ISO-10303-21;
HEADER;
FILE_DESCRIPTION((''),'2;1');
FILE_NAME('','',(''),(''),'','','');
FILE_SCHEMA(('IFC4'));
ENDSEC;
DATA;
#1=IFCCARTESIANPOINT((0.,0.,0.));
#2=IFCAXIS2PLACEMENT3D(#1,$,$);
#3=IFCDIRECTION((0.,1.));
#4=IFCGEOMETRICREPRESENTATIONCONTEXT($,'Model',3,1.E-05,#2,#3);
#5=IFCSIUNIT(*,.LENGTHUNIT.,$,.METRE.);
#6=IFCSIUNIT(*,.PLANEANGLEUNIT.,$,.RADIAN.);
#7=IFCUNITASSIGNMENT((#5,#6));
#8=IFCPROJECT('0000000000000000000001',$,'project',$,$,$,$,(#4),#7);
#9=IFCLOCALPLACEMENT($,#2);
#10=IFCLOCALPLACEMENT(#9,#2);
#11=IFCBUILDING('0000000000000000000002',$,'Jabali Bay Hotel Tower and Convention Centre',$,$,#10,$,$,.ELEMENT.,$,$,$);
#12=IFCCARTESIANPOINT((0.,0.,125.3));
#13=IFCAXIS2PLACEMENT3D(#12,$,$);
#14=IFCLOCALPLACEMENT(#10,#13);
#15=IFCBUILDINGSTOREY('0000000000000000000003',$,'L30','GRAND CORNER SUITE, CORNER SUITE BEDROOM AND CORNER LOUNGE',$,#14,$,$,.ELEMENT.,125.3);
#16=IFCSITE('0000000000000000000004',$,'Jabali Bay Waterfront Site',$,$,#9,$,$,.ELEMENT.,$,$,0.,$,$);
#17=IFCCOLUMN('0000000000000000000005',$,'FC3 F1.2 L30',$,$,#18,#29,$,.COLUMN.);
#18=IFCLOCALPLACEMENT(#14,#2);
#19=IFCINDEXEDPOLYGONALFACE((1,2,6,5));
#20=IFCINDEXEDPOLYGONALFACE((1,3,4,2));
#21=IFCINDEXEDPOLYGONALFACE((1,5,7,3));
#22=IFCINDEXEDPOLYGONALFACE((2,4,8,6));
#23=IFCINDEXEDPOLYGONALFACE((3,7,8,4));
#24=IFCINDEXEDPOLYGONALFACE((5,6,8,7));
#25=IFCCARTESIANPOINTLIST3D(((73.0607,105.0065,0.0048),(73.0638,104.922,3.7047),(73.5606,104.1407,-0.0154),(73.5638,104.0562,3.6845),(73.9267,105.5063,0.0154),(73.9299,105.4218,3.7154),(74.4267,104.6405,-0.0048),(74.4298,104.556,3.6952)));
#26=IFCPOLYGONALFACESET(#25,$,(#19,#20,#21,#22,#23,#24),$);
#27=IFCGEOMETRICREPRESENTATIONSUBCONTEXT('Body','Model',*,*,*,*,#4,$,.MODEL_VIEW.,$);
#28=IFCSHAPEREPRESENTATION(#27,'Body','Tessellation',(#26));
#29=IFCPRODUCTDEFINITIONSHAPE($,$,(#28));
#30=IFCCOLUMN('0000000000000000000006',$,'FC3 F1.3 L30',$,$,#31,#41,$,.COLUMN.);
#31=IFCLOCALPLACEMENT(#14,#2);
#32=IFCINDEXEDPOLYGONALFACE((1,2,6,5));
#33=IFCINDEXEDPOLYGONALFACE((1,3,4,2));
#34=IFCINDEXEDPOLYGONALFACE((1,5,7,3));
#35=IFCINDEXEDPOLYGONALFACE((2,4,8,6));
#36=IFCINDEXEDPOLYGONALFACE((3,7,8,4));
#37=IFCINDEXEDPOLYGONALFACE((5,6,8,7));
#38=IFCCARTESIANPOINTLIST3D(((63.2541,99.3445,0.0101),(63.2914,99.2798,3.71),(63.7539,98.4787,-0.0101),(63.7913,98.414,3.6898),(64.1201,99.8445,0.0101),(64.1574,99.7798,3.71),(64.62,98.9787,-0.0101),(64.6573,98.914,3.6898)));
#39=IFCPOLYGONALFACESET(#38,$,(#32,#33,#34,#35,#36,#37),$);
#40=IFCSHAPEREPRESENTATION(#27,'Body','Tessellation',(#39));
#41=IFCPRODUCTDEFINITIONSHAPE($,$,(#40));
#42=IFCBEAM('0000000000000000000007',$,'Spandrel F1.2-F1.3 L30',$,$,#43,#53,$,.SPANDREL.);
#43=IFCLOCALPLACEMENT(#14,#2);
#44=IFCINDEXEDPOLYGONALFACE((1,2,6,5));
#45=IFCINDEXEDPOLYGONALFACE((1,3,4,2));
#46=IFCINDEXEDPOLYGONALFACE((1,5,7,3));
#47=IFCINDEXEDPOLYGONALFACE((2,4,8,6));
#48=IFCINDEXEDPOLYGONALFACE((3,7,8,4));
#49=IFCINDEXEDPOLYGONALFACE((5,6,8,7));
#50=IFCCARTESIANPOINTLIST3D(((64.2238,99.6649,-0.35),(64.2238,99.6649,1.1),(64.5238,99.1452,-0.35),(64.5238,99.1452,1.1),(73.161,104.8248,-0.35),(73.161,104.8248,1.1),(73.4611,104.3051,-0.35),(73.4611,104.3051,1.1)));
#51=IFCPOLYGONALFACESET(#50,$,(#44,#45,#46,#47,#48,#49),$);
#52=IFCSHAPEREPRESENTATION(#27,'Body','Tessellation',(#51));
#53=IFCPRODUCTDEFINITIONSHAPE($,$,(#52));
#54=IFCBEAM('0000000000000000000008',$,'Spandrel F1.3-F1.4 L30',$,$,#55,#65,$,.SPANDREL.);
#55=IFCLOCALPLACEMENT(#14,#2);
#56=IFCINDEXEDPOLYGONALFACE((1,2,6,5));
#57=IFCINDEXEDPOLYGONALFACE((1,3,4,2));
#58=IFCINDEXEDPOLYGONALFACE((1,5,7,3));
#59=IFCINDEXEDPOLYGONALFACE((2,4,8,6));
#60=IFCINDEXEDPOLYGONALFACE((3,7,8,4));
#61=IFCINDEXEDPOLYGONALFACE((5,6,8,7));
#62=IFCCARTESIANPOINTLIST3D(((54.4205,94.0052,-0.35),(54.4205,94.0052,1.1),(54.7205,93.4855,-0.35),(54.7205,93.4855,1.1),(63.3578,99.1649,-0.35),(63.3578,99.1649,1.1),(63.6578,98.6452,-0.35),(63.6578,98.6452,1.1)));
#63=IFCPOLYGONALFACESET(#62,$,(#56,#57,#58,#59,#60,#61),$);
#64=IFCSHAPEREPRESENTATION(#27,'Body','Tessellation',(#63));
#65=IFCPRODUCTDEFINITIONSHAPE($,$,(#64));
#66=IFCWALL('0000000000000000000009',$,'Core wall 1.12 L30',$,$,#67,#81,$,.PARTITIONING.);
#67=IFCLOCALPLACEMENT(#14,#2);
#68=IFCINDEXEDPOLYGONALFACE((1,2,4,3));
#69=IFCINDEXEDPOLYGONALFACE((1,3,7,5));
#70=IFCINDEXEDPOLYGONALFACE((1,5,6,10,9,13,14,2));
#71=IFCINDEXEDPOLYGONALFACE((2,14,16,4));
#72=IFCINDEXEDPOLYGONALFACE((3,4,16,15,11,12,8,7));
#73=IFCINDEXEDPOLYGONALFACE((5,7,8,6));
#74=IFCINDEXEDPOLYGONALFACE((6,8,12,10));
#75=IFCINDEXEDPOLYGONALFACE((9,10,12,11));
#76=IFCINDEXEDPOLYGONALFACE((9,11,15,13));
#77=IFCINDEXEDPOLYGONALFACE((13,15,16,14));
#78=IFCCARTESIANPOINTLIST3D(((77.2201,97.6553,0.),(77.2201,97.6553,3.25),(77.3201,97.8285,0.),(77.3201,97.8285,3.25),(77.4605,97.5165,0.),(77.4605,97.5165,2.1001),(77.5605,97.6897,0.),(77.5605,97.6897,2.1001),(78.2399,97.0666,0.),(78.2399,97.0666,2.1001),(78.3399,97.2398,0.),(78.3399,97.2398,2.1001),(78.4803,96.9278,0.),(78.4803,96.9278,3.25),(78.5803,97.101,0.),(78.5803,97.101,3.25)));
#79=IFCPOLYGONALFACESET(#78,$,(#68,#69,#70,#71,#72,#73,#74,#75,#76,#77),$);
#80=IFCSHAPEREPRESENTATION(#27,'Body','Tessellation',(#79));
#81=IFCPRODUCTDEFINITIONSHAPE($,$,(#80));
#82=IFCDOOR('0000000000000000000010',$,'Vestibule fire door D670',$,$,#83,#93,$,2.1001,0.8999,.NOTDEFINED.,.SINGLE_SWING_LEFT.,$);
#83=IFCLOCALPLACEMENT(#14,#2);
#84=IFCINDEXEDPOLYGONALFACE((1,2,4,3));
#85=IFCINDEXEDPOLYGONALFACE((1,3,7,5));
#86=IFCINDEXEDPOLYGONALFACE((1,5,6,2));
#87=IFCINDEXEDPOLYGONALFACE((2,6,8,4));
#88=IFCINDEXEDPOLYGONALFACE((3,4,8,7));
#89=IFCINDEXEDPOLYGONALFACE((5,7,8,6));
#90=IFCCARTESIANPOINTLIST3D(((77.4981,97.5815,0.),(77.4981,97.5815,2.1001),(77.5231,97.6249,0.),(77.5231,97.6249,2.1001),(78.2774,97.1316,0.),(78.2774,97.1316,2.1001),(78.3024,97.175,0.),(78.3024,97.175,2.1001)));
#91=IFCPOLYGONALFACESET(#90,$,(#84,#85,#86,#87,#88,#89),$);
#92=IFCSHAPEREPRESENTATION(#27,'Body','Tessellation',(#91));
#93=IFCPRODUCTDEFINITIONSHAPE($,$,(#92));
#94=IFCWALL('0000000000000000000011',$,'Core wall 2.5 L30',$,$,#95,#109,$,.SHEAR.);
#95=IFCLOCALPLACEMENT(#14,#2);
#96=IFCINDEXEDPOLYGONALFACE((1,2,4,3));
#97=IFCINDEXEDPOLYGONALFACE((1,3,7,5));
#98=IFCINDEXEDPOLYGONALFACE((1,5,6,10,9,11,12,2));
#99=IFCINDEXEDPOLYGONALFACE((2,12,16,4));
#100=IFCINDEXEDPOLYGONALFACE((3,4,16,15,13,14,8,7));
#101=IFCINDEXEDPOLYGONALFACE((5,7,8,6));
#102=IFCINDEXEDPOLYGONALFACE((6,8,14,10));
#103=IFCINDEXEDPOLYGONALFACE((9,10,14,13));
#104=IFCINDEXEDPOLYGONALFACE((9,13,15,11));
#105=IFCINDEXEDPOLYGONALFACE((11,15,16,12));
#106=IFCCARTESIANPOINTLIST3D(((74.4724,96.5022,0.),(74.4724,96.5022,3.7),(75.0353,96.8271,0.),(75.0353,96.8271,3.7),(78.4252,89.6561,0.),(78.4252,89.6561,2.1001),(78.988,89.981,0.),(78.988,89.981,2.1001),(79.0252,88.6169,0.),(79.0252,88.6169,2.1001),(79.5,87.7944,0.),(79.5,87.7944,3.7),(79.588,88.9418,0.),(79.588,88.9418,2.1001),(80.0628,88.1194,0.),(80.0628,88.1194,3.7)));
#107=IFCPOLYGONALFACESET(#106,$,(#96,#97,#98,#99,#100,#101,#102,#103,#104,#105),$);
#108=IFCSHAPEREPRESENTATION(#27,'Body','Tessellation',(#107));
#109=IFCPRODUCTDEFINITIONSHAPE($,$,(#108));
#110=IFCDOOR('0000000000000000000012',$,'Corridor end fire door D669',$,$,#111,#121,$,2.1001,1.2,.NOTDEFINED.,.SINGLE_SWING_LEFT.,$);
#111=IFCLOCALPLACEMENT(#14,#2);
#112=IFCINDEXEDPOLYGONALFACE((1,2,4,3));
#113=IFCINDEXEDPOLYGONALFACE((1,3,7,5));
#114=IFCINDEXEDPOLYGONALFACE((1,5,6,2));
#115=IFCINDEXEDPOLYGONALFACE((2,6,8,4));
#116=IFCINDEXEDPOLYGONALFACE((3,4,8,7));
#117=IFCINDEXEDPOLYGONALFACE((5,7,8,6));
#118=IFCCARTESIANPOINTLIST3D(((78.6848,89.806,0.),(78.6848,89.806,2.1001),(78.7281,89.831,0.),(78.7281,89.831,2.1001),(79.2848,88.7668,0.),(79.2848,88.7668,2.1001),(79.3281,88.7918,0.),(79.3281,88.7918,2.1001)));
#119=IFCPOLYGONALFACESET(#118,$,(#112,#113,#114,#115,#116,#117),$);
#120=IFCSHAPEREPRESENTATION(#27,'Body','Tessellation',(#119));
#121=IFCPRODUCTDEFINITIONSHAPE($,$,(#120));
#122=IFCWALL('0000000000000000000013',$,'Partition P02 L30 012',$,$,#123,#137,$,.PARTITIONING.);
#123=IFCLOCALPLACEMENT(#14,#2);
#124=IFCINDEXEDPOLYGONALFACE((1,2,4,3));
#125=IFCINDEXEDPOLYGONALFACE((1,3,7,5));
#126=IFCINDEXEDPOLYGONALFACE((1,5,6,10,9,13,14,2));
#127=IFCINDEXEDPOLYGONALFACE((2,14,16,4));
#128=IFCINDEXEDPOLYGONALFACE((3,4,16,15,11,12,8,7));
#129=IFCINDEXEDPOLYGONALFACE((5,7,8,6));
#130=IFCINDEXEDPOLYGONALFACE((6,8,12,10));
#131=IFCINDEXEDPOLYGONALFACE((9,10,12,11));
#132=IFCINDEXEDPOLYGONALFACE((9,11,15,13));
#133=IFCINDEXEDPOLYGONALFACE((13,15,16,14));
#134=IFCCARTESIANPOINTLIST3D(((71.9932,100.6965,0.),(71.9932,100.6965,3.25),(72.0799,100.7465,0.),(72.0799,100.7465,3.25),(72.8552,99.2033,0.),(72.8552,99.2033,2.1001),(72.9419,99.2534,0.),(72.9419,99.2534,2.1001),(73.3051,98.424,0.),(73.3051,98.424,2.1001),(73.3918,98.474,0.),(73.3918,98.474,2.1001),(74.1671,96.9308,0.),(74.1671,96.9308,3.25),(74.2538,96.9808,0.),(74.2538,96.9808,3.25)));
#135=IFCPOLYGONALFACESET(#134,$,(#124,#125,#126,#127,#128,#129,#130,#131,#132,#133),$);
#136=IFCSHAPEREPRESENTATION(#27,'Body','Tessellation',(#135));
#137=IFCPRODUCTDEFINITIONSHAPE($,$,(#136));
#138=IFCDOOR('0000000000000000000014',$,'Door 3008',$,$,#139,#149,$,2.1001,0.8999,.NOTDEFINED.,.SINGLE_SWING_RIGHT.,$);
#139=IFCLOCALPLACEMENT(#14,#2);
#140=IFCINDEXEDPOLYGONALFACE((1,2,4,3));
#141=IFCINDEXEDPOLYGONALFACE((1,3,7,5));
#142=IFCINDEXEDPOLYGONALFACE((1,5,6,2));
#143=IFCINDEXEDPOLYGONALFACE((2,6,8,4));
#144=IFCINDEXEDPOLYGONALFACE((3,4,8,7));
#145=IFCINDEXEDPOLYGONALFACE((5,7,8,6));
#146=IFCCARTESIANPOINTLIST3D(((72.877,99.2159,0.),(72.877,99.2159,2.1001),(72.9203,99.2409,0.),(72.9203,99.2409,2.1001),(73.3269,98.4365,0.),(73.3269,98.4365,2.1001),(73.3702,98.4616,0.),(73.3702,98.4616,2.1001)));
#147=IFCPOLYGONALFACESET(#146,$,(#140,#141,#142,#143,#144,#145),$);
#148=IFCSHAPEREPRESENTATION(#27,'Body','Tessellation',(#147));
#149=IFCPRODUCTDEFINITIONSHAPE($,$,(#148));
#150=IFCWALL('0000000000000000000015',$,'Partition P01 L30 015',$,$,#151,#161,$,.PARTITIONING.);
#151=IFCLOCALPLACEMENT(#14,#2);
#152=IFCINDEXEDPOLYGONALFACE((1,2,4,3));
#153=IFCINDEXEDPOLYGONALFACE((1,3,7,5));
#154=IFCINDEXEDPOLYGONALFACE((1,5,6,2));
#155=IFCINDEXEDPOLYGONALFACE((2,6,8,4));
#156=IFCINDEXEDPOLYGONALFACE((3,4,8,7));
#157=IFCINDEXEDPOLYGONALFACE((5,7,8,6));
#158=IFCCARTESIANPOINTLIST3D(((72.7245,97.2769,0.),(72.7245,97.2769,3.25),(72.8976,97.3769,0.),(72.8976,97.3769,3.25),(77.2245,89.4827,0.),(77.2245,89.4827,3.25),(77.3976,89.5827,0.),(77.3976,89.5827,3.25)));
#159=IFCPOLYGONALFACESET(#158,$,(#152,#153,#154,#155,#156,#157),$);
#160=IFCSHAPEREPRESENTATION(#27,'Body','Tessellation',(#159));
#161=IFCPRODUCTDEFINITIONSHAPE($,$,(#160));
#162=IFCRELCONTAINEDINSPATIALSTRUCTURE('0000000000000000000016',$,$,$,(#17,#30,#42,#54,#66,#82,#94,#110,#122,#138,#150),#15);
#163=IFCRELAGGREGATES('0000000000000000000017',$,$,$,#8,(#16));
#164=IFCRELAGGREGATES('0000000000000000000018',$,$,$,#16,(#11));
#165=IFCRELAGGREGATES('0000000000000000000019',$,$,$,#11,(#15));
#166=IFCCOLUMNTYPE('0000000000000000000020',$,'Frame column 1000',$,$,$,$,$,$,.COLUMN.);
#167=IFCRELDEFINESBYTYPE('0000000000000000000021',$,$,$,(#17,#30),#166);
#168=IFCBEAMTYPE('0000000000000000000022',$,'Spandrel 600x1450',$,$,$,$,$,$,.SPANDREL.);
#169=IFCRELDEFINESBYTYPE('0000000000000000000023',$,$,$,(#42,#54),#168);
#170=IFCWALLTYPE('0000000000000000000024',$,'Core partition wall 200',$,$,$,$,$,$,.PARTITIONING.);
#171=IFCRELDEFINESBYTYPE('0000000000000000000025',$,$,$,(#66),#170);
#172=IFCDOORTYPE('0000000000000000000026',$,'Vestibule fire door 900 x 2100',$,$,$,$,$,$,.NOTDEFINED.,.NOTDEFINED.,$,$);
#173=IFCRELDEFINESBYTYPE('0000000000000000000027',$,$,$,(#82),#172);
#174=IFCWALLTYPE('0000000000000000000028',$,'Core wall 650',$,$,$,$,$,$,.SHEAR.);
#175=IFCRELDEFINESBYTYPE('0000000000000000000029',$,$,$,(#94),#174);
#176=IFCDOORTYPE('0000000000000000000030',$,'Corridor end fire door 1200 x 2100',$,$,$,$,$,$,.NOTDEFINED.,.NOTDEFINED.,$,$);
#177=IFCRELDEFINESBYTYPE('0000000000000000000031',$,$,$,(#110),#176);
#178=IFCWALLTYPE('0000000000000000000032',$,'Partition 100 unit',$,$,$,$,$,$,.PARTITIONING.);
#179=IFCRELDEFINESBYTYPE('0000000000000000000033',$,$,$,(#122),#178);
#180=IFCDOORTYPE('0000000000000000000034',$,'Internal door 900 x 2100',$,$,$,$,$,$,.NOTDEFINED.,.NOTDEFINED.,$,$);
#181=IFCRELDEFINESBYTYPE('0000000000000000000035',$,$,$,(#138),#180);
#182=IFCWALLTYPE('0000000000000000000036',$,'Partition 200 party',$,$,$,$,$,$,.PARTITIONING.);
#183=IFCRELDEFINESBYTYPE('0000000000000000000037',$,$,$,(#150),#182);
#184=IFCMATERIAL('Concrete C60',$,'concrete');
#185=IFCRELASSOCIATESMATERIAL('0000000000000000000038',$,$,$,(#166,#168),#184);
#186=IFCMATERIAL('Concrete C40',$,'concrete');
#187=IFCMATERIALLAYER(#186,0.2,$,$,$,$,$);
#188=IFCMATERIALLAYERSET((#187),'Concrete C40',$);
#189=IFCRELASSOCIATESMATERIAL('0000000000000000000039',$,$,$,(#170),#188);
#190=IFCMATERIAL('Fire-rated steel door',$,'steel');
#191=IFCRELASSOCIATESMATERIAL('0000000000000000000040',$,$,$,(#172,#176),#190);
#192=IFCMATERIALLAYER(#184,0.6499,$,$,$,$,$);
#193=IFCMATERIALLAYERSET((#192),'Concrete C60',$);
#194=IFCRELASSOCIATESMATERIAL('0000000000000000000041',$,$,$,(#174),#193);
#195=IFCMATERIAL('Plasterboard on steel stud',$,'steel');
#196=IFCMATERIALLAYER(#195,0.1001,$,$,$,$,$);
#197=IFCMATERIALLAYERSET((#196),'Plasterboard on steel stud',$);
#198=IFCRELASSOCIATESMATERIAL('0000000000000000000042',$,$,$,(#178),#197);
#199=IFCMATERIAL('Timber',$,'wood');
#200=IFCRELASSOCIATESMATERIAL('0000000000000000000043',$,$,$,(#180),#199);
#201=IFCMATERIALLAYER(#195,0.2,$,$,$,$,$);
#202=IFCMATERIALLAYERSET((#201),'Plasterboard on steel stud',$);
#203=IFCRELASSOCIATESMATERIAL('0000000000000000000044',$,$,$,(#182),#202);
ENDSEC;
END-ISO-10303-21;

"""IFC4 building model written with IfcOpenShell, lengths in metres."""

from ifc_helpers import new_model, si_unit, direction, frame, frame_2d, origin, origin_2d, place, context, subcontext, project, spatial, rectangle, extrude, material, layer, layer_set, material_profile, profile_set, type_object, element, fill, save


model = new_model("IFC4")

# Units and contexts
model_context = context("Model", 3, precision=1e-05, world=origin(), true_north=direction((0.0, 1.0)))
body_context = subcontext(model_context, "Body", "Model", "MODEL_VIEW")
ifc_project = project(units=[si_unit("LENGTHUNIT", "METRE"), si_unit("PLANEANGLEUNIT", "RADIAN")], contexts=[model_context])

# Site, building, storey
site_placement = place(None, origin())
site = spatial("IfcSite", under=ifc_project, at=site_placement, Name="Jabali Bay Waterfront Site", CompositionType="ELEMENT", RefElevation=0.0)
building_placement = place(site_placement, origin())
building = spatial("IfcBuilding", under=site, at=building_placement, Name="Jabali Bay Hotel Tower and Convention Centre", CompositionType="ELEMENT")
storey_placement = place(building_placement, frame((0.0, 0.0, 125.3)))
storey = spatial("IfcBuildingStorey", under=building, at=storey_placement, Name="L30", Description="GRAND CORNER SUITE, CORNER SUITE BEDROOM AND CORNER LOUNGE", CompositionType="ELEMENT", Elevation=125.3)

# Columns
ifc_material_1 = material(Name="Concrete C60", Category="concrete")
ifc_material_profile_1 = material_profile(ifc_material_1, rectangle(XDim=1.0, YDim=1.0, at=origin_2d()), Name="Frame column 1000")
ifc_profile_set_1 = profile_set([ifc_material_profile_1], Name="Concrete C60")
column_type = type_object("IfcColumnType", Name="Frame column 1000", PredefinedType="COLUMN", material=ifc_profile_set_1)
column_1_placement = place(storey_placement, frame((73.7437, 104.8235, 0.0), z_axis=(0.000858, -0.022825, 0.999739), x_axis=(0.86606, 0.499826, 0.010668)))
element("IfcColumn", 1, at=column_1_placement, inside=storey, type_object=column_type, Name="FC3 F1.2 L30", PredefinedType="COLUMN", context=body_context, shape_type="SweptSolid", body=[
    extrude(rectangle(XDim=1.0, YDim=1.0, at=origin_2d()), origin(), (0.0, 0.0, 1.0), 3.7009),
])
column_2_placement = place(storey_placement, frame((63.937, 99.1616, 0.0), z_axis=(0.010094, -0.017482, 0.999796), x_axis=(-0.499897, 0.86585, 0.020187)))
element("IfcColumn", 2, at=column_2_placement, inside=storey, type_object=column_type, Name="FC3 F1.3 L30", PredefinedType="COLUMN", context=body_context, shape_type="SweptSolid", body=[
    extrude(rectangle(XDim=1.0, YDim=1.0, at=origin_2d()), origin(), (0.0, 0.0, 1.0), 3.7007),
])

# Beams
ifc_material_profile_2 = material_profile(ifc_material_1, rectangle(XDim=0.6001, YDim=1.45, at=origin_2d()), Name="Spandrel 600x1450")
ifc_profile_set_2 = profile_set([ifc_material_profile_2], Name="Concrete C60")
beam_type = type_object("IfcBeamType", Name="Spandrel 600x1450", PredefinedType="SPANDREL", material=ifc_profile_set_2)
for number, where, z_axis, x_axis, name in (
    (3, (73.311, 104.5649, 0.375), (-0.866026, -0.499999, 0.0), (0.499999, -0.866026, 0.0), "Spandrel F1.2-F1.3 L30"),
    (4, (63.5078, 98.905, 0.375), (-0.866036, -0.499981, 0.0), (0.499981, -0.866036, 0.0), "Spandrel F1.3-F1.4 L30"),
):
    element("IfcBeam", number, at=place(storey_placement, frame(where, z_axis=z_axis, x_axis=x_axis)), inside=storey, type_object=beam_type, Name=name, PredefinedType="SPANDREL", context=body_context, shape_type="SweptSolid", body=[
        extrude(rectangle(XDim=0.6001, YDim=1.45, at=origin_2d()), origin(), (0.0, 0.0, 1.0), 10.3198),
    ])

# Walls, openings, doors
ifc_material_2 = material(Name="Concrete C40", Category="concrete")
ifc_layer_1 = layer(ifc_material_2, 0.2)
ifc_layer_set_1 = layer_set([ifc_layer_1], Name="Concrete C40")
wall_type_1 = type_object("IfcWallType", Name="Core partition wall 200", PredefinedType="PARTITIONING", material=ifc_layer_set_1)
wall_1_placement = place(storey_placement, frame((78.5303, 97.0144, 0.0), z_axis=(0.0, 0.0, 1.0), x_axis=(-0.866046, 0.499965, 0.0)))
wall_1 = element("IfcWall", 5, at=wall_1_placement, inside=storey, type_object=wall_type_1, Name="Core wall 1.12 L30", PredefinedType="PARTITIONING", context=body_context, shape_type="SweptSolid", body=[
    extrude(rectangle(XDim=1.4551, YDim=0.2, at=frame_2d((0.7275, 0.0))), origin(), (0.0, 0.0, 1.0), 3.25),
])
opening_1_placement = place(wall_1_placement, frame((0.2776, 0.0, 0.0)))
opening_1 = element("IfcOpeningElement", 6, at=opening_1_placement, cuts=wall_1, PredefinedType="OPENING", context=body_context, shape_type="SweptSolid", body=[
    extrude(rectangle(XDim=0.8999, YDim=2.1001, at=frame_2d((0.45, 1.05))), frame((0.0, 0.1104, 0.0), z_axis=(0.0, -1.0, 0.0), x_axis=(1.0, 0.0, 0.0)), (0.0, 0.0, 1.0), 0.2209),
])
ifc_material_3 = material(Name="Fire-rated steel door", Category="steel")
door_type_1 = type_object("IfcDoorType", Name="Vestibule fire door 900 x 2100", OperationType="NOTDEFINED", PredefinedType="NOTDEFINED", material=ifc_material_3)
door_1_placement = place(opening_1_placement, origin())
door_1 = element("IfcDoor", 7, at=door_1_placement, inside=storey, type_object=door_type_1, Name="Vestibule fire door D670", OperationType="SINGLE_SWING_LEFT", OverallHeight=2.1001, OverallWidth=0.8999, PredefinedType="NOTDEFINED", context=body_context, shape_type="SweptSolid", body=[
    extrude(rectangle(XDim=0.8999, YDim=2.1001, at=frame_2d((0.45, 1.05))), frame((0.0, 0.0249, 0.0), z_axis=(0.0, -1.0, 0.0), x_axis=(1.0, 0.0, 0.0)), (0.0, 0.0, 1.0), 0.05),
])
fill(opening_1, door_1)
ifc_layer_2 = layer(ifc_material_1, 0.6499)
ifc_layer_set_2 = layer_set([ifc_layer_2], Name="Concrete C60")
wall_type_2 = type_object("IfcWallType", Name="Core wall 650", PredefinedType="SHEAR", material=ifc_layer_set_2)
wall_2_placement = place(storey_placement, frame((74.7539, 96.6646, 0.0), z_axis=(0.0, 0.0, 1.0), x_axis=(0.500012, -0.866019, 0.0)))
wall_2 = element("IfcWall", 8, at=wall_2_placement, inside=storey, type_object=wall_type_2, Name="Core wall 2.5 L30", PredefinedType="SHEAR", context=body_context, shape_type="SweptSolid", body=[
    extrude(rectangle(XDim=10.0549, YDim=0.6499, at=frame_2d((5.0273, 0.0))), origin(), (0.0, 0.0, 1.0), 3.7),
])
opening_2_placement = place(wall_2_placement, frame((7.905, 0.0, 0.0)))
opening_2 = element("IfcOpeningElement", 9, at=opening_2_placement, cuts=wall_2, PredefinedType="OPENING", context=body_context, shape_type="SweptSolid", body=[
    extrude(rectangle(XDim=1.2, YDim=2.1001, at=frame_2d((0.6001, 1.05))), frame((0.0, 0.3354, 0.0), z_axis=(0.0, -1.0, 0.0), x_axis=(1.0, 0.0, 0.0)), (0.0, 0.0, 1.0), 0.6709),
])
door_type_2 = type_object("IfcDoorType", Name="Corridor end fire door 1200 x 2100", OperationType="NOTDEFINED", PredefinedType="NOTDEFINED", material=ifc_material_3)
door_2_placement = place(opening_2_placement, origin())
door_2 = element("IfcDoor", 10, at=door_2_placement, inside=storey, type_object=door_type_2, Name="Corridor end fire door D669", OperationType="SINGLE_SWING_LEFT", OverallHeight=2.1001, OverallWidth=1.2, PredefinedType="NOTDEFINED", context=body_context, shape_type="SweptSolid", body=[
    extrude(rectangle(XDim=1.2, YDim=2.1001, at=frame_2d((0.6001, 1.05))), frame((0.0, 0.0249, 0.0), z_axis=(0.0, -1.0, 0.0), x_axis=(1.0, 0.0, 0.0)), (0.0, 0.0, 1.0), 0.05),
])
fill(opening_2, door_2)
ifc_material_4 = material(Name="Plasterboard on steel stud", Category="steel")
ifc_layer_3 = layer(ifc_material_4, 0.1001)
ifc_layer_set_3 = layer_set([ifc_layer_3], Name="Plasterboard on steel stud")
wall_type_3 = type_object("IfcWallType", Name="Partition 100 unit", PredefinedType="PARTITIONING", material=ifc_layer_set_3)
wall_3_placement = place(storey_placement, frame((74.2104, 96.9558, 0.0), z_axis=(0.0, 0.0, 1.0), x_axis=(-0.499956, 0.866051, 0.0)))
wall_3 = element("IfcWall", 11, at=wall_3_placement, inside=storey, type_object=wall_type_3, Name="Partition P02 L30 012", PredefinedType="PARTITIONING", context=body_context, shape_type="SweptSolid", body=[
    extrude(rectangle(XDim=4.3481, YDim=0.1001, at=frame_2d((2.1741, 0.0))), origin(), (0.0, 0.0, 1.0), 3.25),
])
opening_3_placement = place(wall_3_placement, frame((1.7241, 0.0, 0.0)))
opening_3 = element("IfcOpeningElement", 12, at=opening_3_placement, cuts=wall_3, PredefinedType="OPENING", context=body_context, shape_type="SweptSolid", body=[
    extrude(rectangle(XDim=0.8999, YDim=2.1001, at=frame_2d((0.45, 1.05))), frame((0.0, 0.0605, 0.0), z_axis=(0.0, -1.0, 0.0), x_axis=(1.0, 0.0, 0.0)), (0.0, 0.0, 1.0), 0.1211),
])
ifc_material_5 = material(Name="Timber", Category="wood")
door_type_3 = type_object("IfcDoorType", Name="Internal door 900 x 2100", OperationType="NOTDEFINED", PredefinedType="NOTDEFINED", material=ifc_material_5)
door_3_placement = place(opening_3_placement, origin())
door_3 = element("IfcDoor", 13, at=door_3_placement, inside=storey, type_object=door_type_3, Name="Door 3008", OperationType="SINGLE_SWING_RIGHT", OverallHeight=2.1001, OverallWidth=0.8999, PredefinedType="NOTDEFINED", context=body_context, shape_type="SweptSolid", body=[
    extrude(rectangle(XDim=0.8999, YDim=2.1001, at=frame_2d((0.45, 1.05))), frame((0.0, 0.0249, 0.0), z_axis=(0.0, -1.0, 0.0), x_axis=(1.0, 0.0, 0.0)), (0.0, 0.0, 1.0), 0.05),
])
fill(opening_3, door_3)

# Wall
ifc_layer_4 = layer(ifc_material_4, 0.2)
ifc_layer_set_4 = layer_set([ifc_layer_4], Name="Plasterboard on steel stud")
wall_type_4 = type_object("IfcWallType", Name="Partition 200 party", PredefinedType="PARTITIONING", material=ifc_layer_set_4)
wall_4_placement = place(storey_placement, frame((72.811, 97.3269, 0.0), z_axis=(0.0, 0.0, 1.0), x_axis=(0.500002, -0.866024, 0.0)))
element("IfcWall", 14, at=wall_4_placement, inside=storey, type_object=wall_type_4, Name="Partition P01 L30 015", PredefinedType="PARTITIONING", context=body_context, shape_type="SweptSolid", body=[
    extrude(rectangle(XDim=9.0, YDim=0.2, at=frame_2d((4.5, 0.0))), origin(), (0.0, 0.0, 1.0), 3.25),
])

save(model, "model.ifc")
